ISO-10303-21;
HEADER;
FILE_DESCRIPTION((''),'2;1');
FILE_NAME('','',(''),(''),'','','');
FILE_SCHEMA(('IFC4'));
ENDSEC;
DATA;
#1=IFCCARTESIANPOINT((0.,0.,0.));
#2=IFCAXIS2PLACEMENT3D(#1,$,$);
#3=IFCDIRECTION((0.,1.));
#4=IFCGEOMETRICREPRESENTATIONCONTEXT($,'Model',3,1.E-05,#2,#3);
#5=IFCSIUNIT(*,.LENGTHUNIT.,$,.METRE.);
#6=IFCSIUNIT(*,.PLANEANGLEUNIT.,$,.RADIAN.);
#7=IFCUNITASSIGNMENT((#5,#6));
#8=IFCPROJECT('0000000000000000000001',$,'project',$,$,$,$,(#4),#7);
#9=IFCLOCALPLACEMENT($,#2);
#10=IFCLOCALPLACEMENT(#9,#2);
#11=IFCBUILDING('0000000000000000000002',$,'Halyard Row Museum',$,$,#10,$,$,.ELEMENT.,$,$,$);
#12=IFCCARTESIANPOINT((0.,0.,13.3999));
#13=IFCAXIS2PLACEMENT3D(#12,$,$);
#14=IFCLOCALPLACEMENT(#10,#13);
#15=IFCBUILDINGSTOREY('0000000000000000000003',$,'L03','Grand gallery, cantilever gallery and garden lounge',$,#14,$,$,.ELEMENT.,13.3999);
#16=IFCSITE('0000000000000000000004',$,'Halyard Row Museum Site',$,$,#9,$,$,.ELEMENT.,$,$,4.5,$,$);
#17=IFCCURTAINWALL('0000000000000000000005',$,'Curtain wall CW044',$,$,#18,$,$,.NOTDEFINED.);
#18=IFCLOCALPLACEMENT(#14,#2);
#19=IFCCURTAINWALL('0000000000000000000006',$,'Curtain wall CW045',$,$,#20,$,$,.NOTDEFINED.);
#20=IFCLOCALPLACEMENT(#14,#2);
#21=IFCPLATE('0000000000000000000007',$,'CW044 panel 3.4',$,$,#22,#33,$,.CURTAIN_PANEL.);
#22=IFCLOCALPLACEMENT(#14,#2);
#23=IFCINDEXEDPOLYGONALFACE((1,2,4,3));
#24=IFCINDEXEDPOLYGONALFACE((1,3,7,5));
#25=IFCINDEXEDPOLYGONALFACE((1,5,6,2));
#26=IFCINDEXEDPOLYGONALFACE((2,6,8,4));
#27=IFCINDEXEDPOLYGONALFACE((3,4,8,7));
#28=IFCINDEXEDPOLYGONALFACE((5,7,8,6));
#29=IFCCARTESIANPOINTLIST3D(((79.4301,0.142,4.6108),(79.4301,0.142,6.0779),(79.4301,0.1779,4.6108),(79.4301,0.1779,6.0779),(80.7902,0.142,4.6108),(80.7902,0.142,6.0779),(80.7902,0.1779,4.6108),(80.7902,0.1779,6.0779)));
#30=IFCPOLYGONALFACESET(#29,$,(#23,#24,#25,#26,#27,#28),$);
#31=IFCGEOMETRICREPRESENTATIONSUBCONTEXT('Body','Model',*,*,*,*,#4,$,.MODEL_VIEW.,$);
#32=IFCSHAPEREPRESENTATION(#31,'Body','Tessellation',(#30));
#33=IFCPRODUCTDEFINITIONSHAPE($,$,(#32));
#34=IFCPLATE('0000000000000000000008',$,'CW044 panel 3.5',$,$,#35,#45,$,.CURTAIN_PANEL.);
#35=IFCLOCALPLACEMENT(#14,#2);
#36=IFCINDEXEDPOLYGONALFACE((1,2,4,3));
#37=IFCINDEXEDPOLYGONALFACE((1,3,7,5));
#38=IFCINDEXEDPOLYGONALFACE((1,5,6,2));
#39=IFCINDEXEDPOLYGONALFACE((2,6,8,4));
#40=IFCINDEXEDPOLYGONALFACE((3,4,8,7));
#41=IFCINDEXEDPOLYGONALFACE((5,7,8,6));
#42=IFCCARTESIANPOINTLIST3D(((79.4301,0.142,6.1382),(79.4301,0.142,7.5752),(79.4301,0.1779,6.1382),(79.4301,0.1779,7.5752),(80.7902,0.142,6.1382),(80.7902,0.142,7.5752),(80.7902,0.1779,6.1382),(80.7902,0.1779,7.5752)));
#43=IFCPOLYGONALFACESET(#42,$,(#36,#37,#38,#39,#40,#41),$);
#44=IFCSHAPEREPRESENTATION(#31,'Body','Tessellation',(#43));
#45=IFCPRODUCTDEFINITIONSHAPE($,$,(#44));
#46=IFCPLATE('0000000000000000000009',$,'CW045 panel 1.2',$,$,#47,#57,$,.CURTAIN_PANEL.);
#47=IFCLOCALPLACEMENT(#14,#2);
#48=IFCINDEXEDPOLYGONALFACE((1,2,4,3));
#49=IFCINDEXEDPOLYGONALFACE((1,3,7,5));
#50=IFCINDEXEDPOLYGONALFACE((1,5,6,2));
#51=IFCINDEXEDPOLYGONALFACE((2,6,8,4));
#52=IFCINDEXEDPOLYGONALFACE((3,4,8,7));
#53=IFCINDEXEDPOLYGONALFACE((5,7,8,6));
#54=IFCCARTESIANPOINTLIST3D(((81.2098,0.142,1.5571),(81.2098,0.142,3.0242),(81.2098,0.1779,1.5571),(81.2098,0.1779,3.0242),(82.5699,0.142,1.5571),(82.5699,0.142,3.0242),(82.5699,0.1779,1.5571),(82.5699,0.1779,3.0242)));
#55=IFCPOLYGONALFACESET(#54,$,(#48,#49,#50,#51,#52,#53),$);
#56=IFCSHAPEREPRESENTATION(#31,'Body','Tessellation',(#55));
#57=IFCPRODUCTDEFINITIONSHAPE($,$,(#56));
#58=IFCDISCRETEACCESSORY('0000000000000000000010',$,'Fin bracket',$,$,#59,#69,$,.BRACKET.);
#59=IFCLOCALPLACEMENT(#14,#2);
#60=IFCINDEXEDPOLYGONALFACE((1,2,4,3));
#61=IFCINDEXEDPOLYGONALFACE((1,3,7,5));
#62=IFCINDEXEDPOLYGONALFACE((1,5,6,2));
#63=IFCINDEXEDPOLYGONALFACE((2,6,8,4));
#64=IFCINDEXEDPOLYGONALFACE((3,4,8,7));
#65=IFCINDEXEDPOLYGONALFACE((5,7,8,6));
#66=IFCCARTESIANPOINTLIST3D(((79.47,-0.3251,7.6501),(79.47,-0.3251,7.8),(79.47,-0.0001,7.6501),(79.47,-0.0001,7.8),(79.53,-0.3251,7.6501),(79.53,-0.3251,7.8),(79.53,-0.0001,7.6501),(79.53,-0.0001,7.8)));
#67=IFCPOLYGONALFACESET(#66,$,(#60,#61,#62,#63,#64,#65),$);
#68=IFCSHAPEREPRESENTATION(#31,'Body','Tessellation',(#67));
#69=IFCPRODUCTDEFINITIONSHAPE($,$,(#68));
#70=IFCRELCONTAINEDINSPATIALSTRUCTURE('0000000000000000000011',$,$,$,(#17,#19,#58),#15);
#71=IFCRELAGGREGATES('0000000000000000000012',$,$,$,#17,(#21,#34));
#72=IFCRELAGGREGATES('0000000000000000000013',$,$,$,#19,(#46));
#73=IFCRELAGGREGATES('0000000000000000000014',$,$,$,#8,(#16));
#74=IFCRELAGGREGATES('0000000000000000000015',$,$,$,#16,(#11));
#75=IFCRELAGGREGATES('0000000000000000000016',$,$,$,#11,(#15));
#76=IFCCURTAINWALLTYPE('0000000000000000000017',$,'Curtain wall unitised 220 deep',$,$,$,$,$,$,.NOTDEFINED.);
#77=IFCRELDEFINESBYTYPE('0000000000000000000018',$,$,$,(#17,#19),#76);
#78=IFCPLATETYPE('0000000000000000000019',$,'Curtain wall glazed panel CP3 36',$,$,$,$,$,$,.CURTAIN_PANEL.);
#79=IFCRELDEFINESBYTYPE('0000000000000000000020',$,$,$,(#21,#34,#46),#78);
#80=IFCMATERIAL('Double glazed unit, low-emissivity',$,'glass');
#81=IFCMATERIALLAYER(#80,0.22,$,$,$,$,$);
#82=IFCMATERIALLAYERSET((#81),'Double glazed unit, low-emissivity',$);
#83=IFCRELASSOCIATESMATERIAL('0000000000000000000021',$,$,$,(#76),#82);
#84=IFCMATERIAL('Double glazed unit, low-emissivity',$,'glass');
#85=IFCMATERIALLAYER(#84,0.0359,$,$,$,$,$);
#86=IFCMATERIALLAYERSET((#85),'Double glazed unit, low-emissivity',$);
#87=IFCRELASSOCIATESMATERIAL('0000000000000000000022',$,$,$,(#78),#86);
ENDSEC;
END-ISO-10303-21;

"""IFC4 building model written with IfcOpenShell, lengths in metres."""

from ifc_helpers import new_model, si_unit, direction, frame, origin, origin_2d, place, context, subcontext, project, spatial, rectangle, extrude, material, layer, layer_set, type_object, element, aggregate, save


model = new_model("IFC4")

# Units and contexts
model_context = context("Model", 3, precision=1e-05, world=origin(), true_north=direction((0.0, 1.0)))
body_context = subcontext(model_context, "Body", "Model", "MODEL_VIEW")
ifc_project = project(units=[si_unit("LENGTHUNIT", "METRE"), si_unit("PLANEANGLEUNIT", "RADIAN")], contexts=[model_context])

# Site, building, storey
site_placement = place(None, origin())
site = spatial("IfcSite", under=ifc_project, at=site_placement, Name="Halyard Row Museum Site", CompositionType="ELEMENT", RefElevation=4.5)
building_placement = place(site_placement, origin())
building = spatial("IfcBuilding", under=site, at=building_placement, Name="Halyard Row Museum", CompositionType="ELEMENT")
storey_placement = place(building_placement, frame((0.0, 0.0, 13.3999)))
storey = spatial("IfcBuildingStorey", under=building, at=storey_placement, Name="L03", Description="Grand gallery, cantilever gallery and garden lounge", CompositionType="ELEMENT", Elevation=13.3999)

# Curtain walls
ifc_material_1 = material(Name="Double glazed unit, low-emissivity", Category="glass")
ifc_layer_1 = layer(ifc_material_1, 0.22)
ifc_layer_set_1 = layer_set([ifc_layer_1], Name="Double glazed unit, low-emissivity")
curtain_wall_type = type_object("IfcCurtainWallType", Name="Curtain wall unitised 220 deep", PredefinedType="NOTDEFINED", material=ifc_layer_set_1)
curtain_wall_1_placement = place(storey_placement, origin())
curtain_wall_1 = element("IfcCurtainWall", 1, at=curtain_wall_1_placement, inside=storey, type_object=curtain_wall_type, Name="Curtain wall CW044", PredefinedType="NOTDEFINED")
curtain_wall_2_placement = place(storey_placement, origin())
curtain_wall_2 = element("IfcCurtainWall", 2, at=curtain_wall_2_placement, inside=storey, type_object=curtain_wall_type, Name="Curtain wall CW045", PredefinedType="NOTDEFINED")

# Plates
ifc_material_2 = material(Name="Double glazed unit, low-emissivity", Category="glass")
ifc_layer_2 = layer(ifc_material_2, 0.0359)
ifc_layer_set_2 = layer_set([ifc_layer_2], Name="Double glazed unit, low-emissivity")
plate_type = type_object("IfcPlateType", Name="Curtain wall glazed panel CP3 36", PredefinedType="CURTAIN_PANEL", material=ifc_layer_set_2)
plate_1_placement = place(storey_placement, frame((80.1101, 0.1599, 4.6108), z_axis=(0.0, 0.0, 1.0), x_axis=(1.0, 0.0, 0.0)))
plate_1 = element("IfcPlate", 3, at=plate_1_placement, type_object=plate_type, Name="CW044 panel 3.4", PredefinedType="CURTAIN_PANEL", context=body_context, shape_type="SweptSolid", body=[
    extrude(rectangle(XDim=1.3601, YDim=0.0359, at=origin_2d()), origin(), (0.0, 0.0, 1.0), 1.467),
])
plate_2_placement = place(storey_placement, frame((80.1101, 0.1599, 6.1382), z_axis=(0.0, 0.0, 1.0), x_axis=(1.0, 0.0, 0.0)))
plate_2 = element("IfcPlate", 4, at=plate_2_placement, type_object=plate_type, Name="CW044 panel 3.5", PredefinedType="CURTAIN_PANEL", context=body_context, shape_type="SweptSolid", body=[
    extrude(rectangle(XDim=1.3601, YDim=0.0359, at=origin_2d()), origin(), (0.0, 0.0, 1.0), 1.437),
])
aggregate(curtain_wall_1, [plate_1, plate_2])
plate_3_placement = place(storey_placement, frame((81.8899, 0.1599, 1.5571), z_axis=(0.0, 0.0, 1.0), x_axis=(1.0, 0.0, 0.0)))
plate_3 = element("IfcPlate", 5, at=plate_3_placement, type_object=plate_type, Name="CW045 panel 1.2", PredefinedType="CURTAIN_PANEL", context=body_context, shape_type="SweptSolid", body=[
    extrude(rectangle(XDim=1.3601, YDim=0.0359, at=origin_2d()), origin(), (0.0, 0.0, 1.0), 1.467),
])
aggregate(curtain_wall_2, [plate_3])

# Discrete accessory
discrete_accessory_placement = place(storey_placement, frame((79.5, -0.1626, 7.6501), z_axis=(0.0, 0.0, 1.0), x_axis=(1.0, 0.0, 0.0)))
element("IfcDiscreteAccessory", 6, at=discrete_accessory_placement, inside=storey, Name="Fin bracket", PredefinedType="BRACKET", context=body_context, shape_type="SweptSolid", body=[
    extrude(rectangle(XDim=0.0601, YDim=0.325, at=origin_2d()), origin(), (0.0, 0.0, 1.0), 0.1499),
])

save(model, "model.ifc")
